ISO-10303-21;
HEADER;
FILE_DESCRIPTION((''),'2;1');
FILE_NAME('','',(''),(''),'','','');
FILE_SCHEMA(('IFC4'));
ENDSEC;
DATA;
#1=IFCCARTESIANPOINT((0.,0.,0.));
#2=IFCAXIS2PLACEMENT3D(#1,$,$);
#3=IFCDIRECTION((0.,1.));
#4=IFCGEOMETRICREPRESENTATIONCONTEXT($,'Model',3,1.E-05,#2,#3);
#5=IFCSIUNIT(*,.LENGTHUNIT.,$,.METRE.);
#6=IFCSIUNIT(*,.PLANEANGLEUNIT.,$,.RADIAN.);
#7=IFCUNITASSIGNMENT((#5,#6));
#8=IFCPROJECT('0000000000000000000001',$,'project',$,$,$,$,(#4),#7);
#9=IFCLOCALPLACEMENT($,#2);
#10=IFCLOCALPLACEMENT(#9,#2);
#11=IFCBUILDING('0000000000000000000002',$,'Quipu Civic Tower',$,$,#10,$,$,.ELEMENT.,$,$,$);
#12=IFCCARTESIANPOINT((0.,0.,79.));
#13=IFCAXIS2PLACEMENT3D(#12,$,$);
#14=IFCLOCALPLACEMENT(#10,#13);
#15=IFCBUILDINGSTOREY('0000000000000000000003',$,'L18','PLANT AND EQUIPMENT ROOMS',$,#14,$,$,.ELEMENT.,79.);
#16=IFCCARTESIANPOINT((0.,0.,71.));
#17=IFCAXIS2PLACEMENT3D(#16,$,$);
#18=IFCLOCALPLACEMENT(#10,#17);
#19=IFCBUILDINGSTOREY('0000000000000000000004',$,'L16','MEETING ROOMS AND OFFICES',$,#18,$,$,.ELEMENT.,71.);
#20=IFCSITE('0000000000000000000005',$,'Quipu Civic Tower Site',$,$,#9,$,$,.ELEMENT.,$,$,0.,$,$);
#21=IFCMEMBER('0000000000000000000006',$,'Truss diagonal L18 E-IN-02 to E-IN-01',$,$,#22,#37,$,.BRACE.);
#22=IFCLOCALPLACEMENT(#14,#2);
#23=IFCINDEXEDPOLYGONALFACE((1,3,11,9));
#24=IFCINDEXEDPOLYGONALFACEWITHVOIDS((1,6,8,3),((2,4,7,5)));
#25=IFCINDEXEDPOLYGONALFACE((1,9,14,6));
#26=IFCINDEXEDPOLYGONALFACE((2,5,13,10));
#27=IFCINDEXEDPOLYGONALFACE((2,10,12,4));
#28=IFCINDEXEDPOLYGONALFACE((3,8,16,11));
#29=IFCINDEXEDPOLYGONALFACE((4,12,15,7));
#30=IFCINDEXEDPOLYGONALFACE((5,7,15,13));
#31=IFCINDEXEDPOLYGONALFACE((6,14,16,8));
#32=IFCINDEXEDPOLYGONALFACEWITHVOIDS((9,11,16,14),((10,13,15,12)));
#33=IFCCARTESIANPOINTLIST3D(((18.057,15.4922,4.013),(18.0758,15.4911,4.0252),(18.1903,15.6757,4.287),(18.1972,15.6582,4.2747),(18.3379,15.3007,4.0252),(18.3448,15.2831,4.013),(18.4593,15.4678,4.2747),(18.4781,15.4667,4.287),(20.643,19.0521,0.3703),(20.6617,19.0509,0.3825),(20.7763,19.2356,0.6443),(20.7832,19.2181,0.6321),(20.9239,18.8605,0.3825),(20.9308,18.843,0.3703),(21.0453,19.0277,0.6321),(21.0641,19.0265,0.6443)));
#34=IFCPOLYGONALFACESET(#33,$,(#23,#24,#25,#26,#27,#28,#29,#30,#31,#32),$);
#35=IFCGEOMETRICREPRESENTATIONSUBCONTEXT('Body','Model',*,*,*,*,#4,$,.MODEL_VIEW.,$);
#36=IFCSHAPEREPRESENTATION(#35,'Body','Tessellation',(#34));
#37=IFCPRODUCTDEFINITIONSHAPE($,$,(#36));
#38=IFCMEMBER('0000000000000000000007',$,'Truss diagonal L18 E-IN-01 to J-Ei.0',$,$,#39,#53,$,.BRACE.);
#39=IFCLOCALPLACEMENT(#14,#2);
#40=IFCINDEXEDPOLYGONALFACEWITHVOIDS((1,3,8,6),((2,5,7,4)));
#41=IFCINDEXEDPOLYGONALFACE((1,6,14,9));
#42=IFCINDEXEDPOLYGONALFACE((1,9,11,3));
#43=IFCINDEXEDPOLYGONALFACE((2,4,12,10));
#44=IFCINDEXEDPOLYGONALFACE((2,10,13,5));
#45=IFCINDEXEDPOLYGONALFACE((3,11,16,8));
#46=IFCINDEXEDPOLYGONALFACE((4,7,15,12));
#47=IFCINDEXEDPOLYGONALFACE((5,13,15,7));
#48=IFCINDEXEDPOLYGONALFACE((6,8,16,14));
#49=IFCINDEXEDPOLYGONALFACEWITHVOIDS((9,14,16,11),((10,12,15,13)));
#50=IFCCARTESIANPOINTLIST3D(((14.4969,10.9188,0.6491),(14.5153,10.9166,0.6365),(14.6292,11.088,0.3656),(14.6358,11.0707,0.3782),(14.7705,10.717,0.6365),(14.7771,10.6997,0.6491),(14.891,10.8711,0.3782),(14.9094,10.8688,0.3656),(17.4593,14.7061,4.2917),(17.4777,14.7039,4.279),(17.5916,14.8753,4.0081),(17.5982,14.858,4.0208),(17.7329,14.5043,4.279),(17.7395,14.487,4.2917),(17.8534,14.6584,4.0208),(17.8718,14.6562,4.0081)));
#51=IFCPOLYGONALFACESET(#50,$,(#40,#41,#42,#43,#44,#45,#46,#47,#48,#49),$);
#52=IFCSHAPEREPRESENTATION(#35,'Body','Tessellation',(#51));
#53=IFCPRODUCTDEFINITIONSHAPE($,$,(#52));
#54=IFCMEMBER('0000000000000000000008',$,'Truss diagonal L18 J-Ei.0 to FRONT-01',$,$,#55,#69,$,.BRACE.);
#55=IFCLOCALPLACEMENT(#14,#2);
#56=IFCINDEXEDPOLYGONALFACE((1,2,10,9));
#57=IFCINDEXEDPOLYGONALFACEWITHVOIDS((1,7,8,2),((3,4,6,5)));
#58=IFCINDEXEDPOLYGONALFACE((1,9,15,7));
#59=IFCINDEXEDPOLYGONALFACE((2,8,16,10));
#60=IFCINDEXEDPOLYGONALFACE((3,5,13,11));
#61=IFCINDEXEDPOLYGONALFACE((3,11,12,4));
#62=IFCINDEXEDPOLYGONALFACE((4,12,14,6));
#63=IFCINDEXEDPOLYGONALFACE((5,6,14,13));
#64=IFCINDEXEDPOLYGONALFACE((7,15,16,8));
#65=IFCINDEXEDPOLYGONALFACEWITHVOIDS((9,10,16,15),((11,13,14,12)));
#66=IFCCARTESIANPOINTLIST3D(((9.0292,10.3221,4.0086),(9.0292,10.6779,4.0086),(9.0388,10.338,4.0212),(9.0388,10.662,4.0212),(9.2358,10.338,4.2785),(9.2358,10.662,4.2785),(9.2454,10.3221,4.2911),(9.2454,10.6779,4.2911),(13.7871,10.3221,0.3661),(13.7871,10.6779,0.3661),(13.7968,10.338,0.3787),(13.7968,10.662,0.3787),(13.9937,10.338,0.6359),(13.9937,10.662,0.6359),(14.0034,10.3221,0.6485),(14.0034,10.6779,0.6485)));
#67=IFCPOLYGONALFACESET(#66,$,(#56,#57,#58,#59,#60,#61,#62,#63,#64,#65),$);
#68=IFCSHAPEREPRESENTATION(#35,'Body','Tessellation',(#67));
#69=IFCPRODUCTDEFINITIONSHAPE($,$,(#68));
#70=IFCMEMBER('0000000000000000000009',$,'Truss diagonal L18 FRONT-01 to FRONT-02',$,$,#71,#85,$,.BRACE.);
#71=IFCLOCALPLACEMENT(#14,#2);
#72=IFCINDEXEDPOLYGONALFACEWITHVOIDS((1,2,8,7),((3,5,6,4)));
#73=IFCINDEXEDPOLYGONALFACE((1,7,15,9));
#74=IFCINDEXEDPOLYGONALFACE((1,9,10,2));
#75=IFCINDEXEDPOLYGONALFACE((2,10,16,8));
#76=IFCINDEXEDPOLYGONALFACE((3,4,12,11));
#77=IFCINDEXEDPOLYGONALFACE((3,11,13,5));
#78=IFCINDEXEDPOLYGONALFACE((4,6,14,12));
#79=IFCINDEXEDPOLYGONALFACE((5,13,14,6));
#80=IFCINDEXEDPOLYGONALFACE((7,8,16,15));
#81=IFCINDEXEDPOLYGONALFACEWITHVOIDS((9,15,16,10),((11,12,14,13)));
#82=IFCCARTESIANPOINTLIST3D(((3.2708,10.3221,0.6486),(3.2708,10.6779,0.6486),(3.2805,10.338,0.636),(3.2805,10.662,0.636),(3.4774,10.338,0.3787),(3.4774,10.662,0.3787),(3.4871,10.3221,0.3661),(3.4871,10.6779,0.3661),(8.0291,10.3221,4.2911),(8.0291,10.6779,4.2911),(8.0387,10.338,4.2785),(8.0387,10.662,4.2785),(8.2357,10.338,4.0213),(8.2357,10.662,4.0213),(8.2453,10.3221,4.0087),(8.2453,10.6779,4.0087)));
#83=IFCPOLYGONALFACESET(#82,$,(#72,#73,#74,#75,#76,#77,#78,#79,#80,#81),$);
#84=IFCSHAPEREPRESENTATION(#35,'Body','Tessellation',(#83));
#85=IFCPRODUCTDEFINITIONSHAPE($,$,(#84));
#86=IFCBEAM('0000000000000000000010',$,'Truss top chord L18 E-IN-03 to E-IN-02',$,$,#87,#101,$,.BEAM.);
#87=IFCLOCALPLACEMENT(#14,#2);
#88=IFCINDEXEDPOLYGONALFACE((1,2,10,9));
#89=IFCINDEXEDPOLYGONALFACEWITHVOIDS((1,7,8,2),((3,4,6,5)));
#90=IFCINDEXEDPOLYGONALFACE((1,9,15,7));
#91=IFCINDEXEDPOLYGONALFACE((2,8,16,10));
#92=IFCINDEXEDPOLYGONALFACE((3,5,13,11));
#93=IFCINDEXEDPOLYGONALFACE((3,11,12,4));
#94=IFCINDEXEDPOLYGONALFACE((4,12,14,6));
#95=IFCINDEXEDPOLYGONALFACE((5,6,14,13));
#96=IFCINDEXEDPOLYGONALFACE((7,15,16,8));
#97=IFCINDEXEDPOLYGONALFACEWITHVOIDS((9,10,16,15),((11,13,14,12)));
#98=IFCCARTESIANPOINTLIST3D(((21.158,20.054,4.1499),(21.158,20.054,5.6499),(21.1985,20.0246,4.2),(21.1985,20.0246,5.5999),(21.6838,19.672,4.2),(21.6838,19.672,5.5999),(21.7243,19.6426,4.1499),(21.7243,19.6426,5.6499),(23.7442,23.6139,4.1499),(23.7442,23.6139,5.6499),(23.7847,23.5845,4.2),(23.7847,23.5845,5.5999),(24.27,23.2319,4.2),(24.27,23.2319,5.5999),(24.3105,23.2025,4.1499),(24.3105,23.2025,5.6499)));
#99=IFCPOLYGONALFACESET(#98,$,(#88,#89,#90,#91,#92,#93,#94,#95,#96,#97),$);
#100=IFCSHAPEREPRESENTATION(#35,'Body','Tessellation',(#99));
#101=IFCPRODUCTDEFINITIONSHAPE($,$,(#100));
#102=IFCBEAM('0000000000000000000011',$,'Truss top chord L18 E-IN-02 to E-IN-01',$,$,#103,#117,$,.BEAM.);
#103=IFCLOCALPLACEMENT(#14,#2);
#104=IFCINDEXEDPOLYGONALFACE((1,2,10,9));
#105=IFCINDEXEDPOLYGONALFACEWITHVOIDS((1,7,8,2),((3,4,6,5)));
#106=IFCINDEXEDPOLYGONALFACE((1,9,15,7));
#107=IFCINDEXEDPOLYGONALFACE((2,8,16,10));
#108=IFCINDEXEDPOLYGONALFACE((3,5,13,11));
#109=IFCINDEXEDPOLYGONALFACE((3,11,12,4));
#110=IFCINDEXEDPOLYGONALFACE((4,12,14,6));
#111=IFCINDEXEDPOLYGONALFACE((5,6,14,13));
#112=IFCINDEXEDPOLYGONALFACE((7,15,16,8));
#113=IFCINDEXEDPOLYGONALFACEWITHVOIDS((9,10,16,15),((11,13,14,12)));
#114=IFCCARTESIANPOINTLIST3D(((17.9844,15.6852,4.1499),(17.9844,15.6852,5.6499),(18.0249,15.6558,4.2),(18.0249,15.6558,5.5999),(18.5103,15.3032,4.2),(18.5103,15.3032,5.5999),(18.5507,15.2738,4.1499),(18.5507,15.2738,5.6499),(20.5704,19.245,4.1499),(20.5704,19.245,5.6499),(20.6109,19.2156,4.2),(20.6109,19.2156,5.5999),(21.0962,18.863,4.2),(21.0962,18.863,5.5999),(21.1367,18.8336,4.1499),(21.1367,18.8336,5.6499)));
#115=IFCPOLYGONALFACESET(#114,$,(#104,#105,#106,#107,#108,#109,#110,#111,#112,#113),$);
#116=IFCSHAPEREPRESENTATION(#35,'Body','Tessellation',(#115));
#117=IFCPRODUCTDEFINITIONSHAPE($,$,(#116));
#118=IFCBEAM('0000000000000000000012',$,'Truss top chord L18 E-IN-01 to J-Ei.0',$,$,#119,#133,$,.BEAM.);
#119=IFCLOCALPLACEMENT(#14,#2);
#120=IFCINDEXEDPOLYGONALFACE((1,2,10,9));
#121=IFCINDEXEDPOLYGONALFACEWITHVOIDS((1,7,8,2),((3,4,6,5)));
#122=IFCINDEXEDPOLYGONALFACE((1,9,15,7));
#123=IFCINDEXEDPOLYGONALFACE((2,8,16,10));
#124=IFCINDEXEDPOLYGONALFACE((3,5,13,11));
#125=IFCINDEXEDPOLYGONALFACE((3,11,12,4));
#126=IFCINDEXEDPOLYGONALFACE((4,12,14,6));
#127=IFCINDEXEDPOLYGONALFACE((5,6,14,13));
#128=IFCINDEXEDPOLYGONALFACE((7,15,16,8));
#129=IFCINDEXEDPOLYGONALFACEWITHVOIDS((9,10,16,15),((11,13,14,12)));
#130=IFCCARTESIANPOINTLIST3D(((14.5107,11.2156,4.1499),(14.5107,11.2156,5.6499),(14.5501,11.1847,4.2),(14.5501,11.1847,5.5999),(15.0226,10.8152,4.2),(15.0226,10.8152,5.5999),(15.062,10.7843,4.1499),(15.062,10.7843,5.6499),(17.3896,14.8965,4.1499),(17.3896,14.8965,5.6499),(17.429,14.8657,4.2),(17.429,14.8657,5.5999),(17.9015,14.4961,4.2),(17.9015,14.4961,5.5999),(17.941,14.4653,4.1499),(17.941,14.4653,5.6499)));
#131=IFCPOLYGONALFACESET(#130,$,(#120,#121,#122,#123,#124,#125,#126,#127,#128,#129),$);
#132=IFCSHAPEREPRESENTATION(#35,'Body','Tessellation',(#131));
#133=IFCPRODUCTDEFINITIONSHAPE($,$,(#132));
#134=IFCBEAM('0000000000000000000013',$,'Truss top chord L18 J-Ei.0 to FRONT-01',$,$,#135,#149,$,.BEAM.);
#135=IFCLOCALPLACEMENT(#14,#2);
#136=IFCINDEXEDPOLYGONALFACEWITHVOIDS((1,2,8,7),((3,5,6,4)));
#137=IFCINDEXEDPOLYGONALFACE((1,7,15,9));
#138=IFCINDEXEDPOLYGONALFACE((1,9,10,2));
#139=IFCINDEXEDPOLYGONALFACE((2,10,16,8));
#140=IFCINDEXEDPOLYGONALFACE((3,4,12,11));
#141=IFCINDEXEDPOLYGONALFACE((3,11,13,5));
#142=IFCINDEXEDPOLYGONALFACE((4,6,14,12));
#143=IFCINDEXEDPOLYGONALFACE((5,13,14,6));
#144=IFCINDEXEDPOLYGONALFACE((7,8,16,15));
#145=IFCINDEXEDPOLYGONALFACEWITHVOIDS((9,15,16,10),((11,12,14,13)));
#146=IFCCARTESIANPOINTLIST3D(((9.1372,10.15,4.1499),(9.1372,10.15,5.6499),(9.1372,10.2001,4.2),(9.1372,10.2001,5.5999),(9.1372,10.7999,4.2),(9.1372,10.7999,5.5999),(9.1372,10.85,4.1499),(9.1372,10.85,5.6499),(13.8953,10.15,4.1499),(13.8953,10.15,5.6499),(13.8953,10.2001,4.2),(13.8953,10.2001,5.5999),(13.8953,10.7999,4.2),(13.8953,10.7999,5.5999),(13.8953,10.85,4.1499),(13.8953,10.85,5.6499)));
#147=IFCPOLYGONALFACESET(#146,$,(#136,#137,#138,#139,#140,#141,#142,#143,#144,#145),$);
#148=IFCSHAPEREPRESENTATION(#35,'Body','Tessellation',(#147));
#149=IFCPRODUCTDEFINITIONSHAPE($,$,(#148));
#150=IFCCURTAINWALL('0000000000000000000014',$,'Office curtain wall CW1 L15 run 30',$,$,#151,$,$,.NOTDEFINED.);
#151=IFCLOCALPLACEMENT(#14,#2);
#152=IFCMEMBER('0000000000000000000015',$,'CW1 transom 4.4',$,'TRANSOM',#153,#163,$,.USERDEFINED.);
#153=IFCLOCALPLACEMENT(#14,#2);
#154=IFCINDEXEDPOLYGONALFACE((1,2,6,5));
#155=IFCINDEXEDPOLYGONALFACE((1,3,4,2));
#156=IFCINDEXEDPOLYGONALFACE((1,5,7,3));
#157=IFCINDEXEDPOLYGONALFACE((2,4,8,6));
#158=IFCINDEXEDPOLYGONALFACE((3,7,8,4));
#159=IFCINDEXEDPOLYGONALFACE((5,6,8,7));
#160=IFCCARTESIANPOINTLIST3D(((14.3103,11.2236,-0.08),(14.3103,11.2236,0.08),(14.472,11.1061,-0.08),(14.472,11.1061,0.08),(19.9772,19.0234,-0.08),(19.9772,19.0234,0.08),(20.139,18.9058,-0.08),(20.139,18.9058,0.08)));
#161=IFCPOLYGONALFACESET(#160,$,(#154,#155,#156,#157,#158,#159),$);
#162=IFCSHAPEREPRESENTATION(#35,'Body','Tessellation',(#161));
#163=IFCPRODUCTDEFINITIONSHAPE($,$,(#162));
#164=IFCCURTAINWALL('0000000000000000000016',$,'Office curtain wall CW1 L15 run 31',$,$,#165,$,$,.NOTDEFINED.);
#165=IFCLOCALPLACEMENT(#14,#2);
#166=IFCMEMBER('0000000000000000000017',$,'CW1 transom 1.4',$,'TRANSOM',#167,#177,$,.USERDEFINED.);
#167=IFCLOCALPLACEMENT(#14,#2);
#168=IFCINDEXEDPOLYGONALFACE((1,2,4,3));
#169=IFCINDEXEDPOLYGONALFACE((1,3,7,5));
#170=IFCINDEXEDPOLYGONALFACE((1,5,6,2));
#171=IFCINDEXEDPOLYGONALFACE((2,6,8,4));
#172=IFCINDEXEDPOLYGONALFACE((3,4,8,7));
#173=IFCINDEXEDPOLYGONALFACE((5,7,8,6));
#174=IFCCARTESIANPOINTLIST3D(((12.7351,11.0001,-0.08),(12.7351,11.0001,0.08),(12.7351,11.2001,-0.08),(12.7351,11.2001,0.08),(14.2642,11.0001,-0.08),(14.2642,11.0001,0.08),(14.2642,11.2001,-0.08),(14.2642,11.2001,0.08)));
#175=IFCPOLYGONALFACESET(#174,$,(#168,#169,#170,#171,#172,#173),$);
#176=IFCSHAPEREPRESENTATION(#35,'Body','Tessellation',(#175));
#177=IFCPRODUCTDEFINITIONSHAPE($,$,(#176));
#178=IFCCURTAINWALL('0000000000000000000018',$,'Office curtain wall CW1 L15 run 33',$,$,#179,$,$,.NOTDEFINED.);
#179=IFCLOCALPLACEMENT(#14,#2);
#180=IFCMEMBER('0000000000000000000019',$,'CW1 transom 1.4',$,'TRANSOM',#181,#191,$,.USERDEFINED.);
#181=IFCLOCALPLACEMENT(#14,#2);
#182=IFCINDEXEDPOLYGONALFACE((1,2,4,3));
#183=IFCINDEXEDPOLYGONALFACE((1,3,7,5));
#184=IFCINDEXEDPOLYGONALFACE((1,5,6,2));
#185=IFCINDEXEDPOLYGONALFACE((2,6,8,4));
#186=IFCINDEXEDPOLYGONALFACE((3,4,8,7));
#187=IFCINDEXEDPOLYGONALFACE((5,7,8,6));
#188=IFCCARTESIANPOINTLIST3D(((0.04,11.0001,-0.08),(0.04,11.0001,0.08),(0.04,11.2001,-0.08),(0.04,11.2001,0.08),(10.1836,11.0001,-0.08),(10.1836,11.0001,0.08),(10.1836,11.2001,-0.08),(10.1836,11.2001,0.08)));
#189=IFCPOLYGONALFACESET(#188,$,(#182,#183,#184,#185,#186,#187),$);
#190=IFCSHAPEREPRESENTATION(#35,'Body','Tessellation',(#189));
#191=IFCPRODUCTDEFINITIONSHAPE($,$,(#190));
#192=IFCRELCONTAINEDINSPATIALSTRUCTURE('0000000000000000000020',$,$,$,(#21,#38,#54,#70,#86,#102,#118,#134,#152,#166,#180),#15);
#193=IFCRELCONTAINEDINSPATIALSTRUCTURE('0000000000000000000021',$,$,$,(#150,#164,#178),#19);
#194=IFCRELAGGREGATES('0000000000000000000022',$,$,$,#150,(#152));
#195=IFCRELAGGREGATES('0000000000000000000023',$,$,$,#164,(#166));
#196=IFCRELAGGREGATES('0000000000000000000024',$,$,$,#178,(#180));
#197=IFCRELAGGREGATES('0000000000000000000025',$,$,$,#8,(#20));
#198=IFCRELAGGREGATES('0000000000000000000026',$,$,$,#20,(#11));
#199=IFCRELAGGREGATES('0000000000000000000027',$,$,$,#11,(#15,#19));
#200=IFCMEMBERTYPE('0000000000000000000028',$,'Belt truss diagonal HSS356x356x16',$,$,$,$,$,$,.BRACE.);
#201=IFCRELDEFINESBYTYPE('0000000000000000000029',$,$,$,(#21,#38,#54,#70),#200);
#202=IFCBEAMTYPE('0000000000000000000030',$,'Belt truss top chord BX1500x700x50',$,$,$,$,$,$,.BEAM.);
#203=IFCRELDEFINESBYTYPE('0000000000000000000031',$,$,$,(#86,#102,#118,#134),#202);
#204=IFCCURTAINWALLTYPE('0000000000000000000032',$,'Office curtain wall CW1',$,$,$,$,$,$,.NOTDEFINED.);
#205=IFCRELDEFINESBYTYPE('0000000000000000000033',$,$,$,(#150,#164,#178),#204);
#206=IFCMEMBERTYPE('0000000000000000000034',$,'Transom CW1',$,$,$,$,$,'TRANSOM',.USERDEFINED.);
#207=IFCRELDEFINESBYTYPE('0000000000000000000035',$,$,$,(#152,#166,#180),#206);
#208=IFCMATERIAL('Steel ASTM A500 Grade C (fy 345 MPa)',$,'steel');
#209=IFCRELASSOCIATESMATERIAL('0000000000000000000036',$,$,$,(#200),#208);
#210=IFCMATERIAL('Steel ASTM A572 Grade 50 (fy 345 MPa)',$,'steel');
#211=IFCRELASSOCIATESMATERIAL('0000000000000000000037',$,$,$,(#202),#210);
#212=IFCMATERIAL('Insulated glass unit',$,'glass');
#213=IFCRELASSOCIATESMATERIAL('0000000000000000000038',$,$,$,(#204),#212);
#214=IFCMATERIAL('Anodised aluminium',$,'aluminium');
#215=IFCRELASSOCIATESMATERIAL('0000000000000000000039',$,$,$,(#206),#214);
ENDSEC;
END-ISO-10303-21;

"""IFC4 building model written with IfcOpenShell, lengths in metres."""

from ifc_helpers import new_model, si_unit, direction, frame, origin, origin_2d, place, context, subcontext, project, spatial, rectangle, hollow_rectangle, extrude, material, material_profile, profile_set, type_object, element, aggregate, save


model = new_model("IFC4")

# Units and contexts
model_context = context("Model", 3, precision=1e-05, world=origin(), true_north=direction((0.0, 1.0)))
body_context = subcontext(model_context, "Body", "Model", "MODEL_VIEW")
ifc_project = project(units=[si_unit("LENGTHUNIT", "METRE"), si_unit("PLANEANGLEUNIT", "RADIAN")], contexts=[model_context])

# Site, building, storey
site_placement = place(None, origin())
site = spatial("IfcSite", under=ifc_project, at=site_placement, Name="Quipu Civic Tower Site", CompositionType="ELEMENT", RefElevation=0.0)
building_placement = place(site_placement, origin())
building = spatial("IfcBuilding", under=site, at=building_placement, Name="Quipu Civic Tower", CompositionType="ELEMENT")
storey_1_placement = place(building_placement, frame((0.0, 0.0, 79.0)))
storey_1 = spatial("IfcBuildingStorey", under=building, at=storey_1_placement, Name="L18", Description="PLANT AND EQUIPMENT ROOMS", CompositionType="ELEMENT", Elevation=79.0)

# Members
ifc_material_1 = material(Name="Steel ASTM A500 Grade C (fy 345 MPa)", Category="steel")
ifc_material_profile_1 = material_profile(ifc_material_1, hollow_rectangle(XDim=0.3557, YDim=0.3557, WallThickness=0.0159, at=origin_2d()), Name="HSS356x356x16")
ifc_profile_set_1 = profile_set([ifc_material_profile_1], Name="Steel ASTM A500 Grade C (fy 345 MPa)")
member_type_1 = type_object("IfcMemberType", Name="Belt truss diagonal HSS356x356x16", PredefinedType="BRACE", material=ifc_profile_set_1)
for number, where, z_axis, x_axis, name in (
    (1, (20.8535, 19.0393, 0.5073), (-0.452715, -0.623209, 0.637699), (0.809062, -0.587723, 0.0), "Truss diagonal L18 E-IN-02 to E-IN-01"),
):
    element("IfcMember", number, at=place(storey_1_placement, frame(where, z_axis=z_axis, x_axis=x_axis)), inside=storey_1, type_object=member_type_1, Name=name, PredefinedType="BRACE", context=body_context, shape_type="SweptSolid", body=[
        extrude(hollow_rectangle(XDim=0.3557, YDim=0.3557, WallThickness=0.0159, at=origin_2d()), origin(), (0.0, 0.0, 1.0), 5.7122),
    ])
member_1_placement = place(storey_1_placement, frame((17.6655, 14.6812, 4.1499), z_axis=(-0.491093, -0.627849, -0.603849), x_axis=(0.787668, -0.6161, 0.0)))
element("IfcMember", 2, at=member_1_placement, inside=storey_1, type_object=member_type_1, Name="Truss diagonal L18 E-IN-01 to J-Ei.0", PredefinedType="BRACE", context=body_context, shape_type="SweptSolid", body=[
    extrude(hollow_rectangle(XDim=0.3557, YDim=0.3557, WallThickness=0.0159, at=origin_2d()), origin(), (0.0, 0.0, 1.0), 6.0322),
])
member_2_placement = place(storey_1_placement, frame((13.8953, 10.5, 0.5073), z_axis=(-0.79403, 0.0, 0.607878), x_axis=(0.0, -1.0, 0.0)))
element("IfcMember", 3, at=member_2_placement, inside=storey_1, type_object=member_type_1, Name="Truss diagonal L18 J-Ei.0 to FRONT-01", PredefinedType="BRACE", context=body_context, shape_type="SweptSolid", body=[
    extrude(hollow_rectangle(XDim=0.3557, YDim=0.3557, WallThickness=0.0159, at=origin_2d()), origin(), (0.0, 0.0, 1.0), 5.9922),
])
member_3_placement = place(storey_1_placement, frame((8.1372, 10.5, 4.1499), z_axis=(-0.794045, 0.0, -0.607858), x_axis=(0.0, -1.0, 0.0)))
element("IfcMember", 4, at=member_3_placement, inside=storey_1, type_object=member_type_1, Name="Truss diagonal L18 FRONT-01 to FRONT-02", PredefinedType="BRACE", context=body_context, shape_type="SweptSolid", body=[
    extrude(hollow_rectangle(XDim=0.3557, YDim=0.3557, WallThickness=0.0159, at=origin_2d()), origin(), (0.0, 0.0, 1.0), 5.9924),
])

# Beams
ifc_material_2 = material(Name="Steel ASTM A572 Grade 50 (fy 345 MPa)", Category="steel")
ifc_material_profile_2 = material_profile(ifc_material_2, hollow_rectangle(XDim=0.7, YDim=1.5, WallThickness=0.05, at=origin_2d()), Name="BX1500x700x50")
ifc_profile_set_2 = profile_set([ifc_material_profile_2], Name="Steel ASTM A572 Grade 50 (fy 345 MPa)")
beam_type_1 = type_object("IfcBeamType", Name="Belt truss top chord BX1500x700x50", PredefinedType="BEAM", material=ifc_profile_set_2)
beam_1_placement = place(storey_1_placement, frame((24.0273, 23.4082, 4.8999), z_axis=(-0.587759, -0.809036, 0.0), x_axis=(0.809036, -0.587759, 0.0)))
element("IfcBeam", 5, at=beam_1_placement, inside=storey_1, type_object=beam_type_1, Name="Truss top chord L18 E-IN-03 to E-IN-02", PredefinedType="BEAM", context=body_context, shape_type="SweptSolid", body=[
    extrude(hollow_rectangle(XDim=0.7, YDim=1.5, WallThickness=0.05, at=origin_2d()), origin(), (0.0, 0.0, 1.0), 4.4001),
])
beam_2_placement = place(storey_1_placement, frame((20.8535, 19.0393, 4.8999), z_axis=(-0.587723, -0.809062, 0.0), x_axis=(0.809062, -0.587723, 0.0)))
element("IfcBeam", 6, at=beam_2_placement, inside=storey_1, type_object=beam_type_1, Name="Truss top chord L18 E-IN-02 to E-IN-01", PredefinedType="BEAM", context=body_context, shape_type="SweptSolid", body=[
    extrude(hollow_rectangle(XDim=0.7, YDim=1.5, WallThickness=0.05, at=origin_2d()), origin(), (0.0, 0.0, 1.0), 4.3999),
])
beam_3_placement = place(storey_1_placement, frame((17.6653, 14.6809, 4.8999), z_axis=(-0.616069, -0.787692, 0.0), x_axis=(0.787692, -0.616069, 0.0)))
element("IfcBeam", 7, at=beam_3_placement, inside=storey_1, type_object=beam_type_1, Name="Truss top chord L18 E-IN-01 to J-Ei.0", PredefinedType="BEAM", context=body_context, shape_type="SweptSolid", body=[
    extrude(hollow_rectangle(XDim=0.7, YDim=1.5, WallThickness=0.05, at=origin_2d()), origin(), (0.0, 0.0, 1.0), 4.6731),
])
beam_4_placement = place(storey_1_placement, frame((13.8953, 10.5, 4.8999), z_axis=(-1.0, 0.0, 0.0), x_axis=(0.0, -1.0, 0.0)))
element("IfcBeam", 8, at=beam_4_placement, inside=storey_1, type_object=beam_type_1, Name="Truss top chord L18 J-Ei.0 to FRONT-01", PredefinedType="BEAM", context=body_context, shape_type="SweptSolid", body=[
    extrude(hollow_rectangle(XDim=0.7, YDim=1.5, WallThickness=0.05, at=origin_2d()), origin(), (0.0, 0.0, 1.0), 4.7581),
])

# Shared definitions
storey_2_placement = place(building_placement, frame((0.0, 0.0, 71.0)))
storey_2 = spatial("IfcBuildingStorey", under=building, at=storey_2_placement, Name="L16", Description="MEETING ROOMS AND OFFICES", CompositionType="ELEMENT", Elevation=71.0)

# Curtain walls, members
ifc_material_3 = material(Name="Insulated glass unit", Category="glass")
curtain_wall_type = type_object("IfcCurtainWallType", Name="Office curtain wall CW1", PredefinedType="NOTDEFINED", material=ifc_material_3)
curtain_wall_1_placement = place(storey_2_placement, origin())
curtain_wall_1 = element("IfcCurtainWall", 9, at=curtain_wall_1_placement, inside=storey_2, type_object=curtain_wall_type, Name="Office curtain wall CW1 L15 run 30", PredefinedType="NOTDEFINED")
ifc_material_4 = material(Name="Anodised aluminium", Category="aluminium")
ifc_material_profile_3 = material_profile(ifc_material_4, rectangle(XDim=0.2, YDim=0.1599, at=origin_2d()), Name="RECT 200x160")
ifc_profile_set_3 = profile_set([ifc_material_profile_3], Name="Anodised aluminium")
member_type_2 = type_object("IfcMemberType", Name="Transom CW1", ElementType="TRANSOM", PredefinedType="USERDEFINED", material=ifc_profile_set_3)
member_4_placement = place(storey_1_placement, frame((20.0581, 18.9646, 0.0), z_axis=(-0.587792, -0.809012, 0.0), x_axis=(0.809012, -0.587792, 0.0)))
member_4 = element("IfcMember", 10, at=member_4_placement, inside=storey_1, type_object=member_type_2, Name="CW1 transom 4.4", ObjectType="TRANSOM", PredefinedType="USERDEFINED", context=body_context, shape_type="SweptSolid", body=[
    extrude(rectangle(XDim=0.2, YDim=0.1599, at=origin_2d()), origin(), (0.0, 0.0, 1.0), 9.6411),
])
aggregate(curtain_wall_1, [member_4])
curtain_wall_2_placement = place(storey_2_placement, origin())
curtain_wall_2 = element("IfcCurtainWall", 11, at=curtain_wall_2_placement, inside=storey_2, type_object=curtain_wall_type, Name="Office curtain wall CW1 L15 run 31", PredefinedType="NOTDEFINED")
member_5_placement = place(storey_1_placement, frame((14.2642, 11.1001, 0.0), z_axis=(-1.0, 0.0, 0.0), x_axis=(0.0, -1.0, 0.0)))
member_5 = element("IfcMember", 12, at=member_5_placement, inside=storey_1, type_object=member_type_2, Name="CW1 transom 1.4", ObjectType="TRANSOM", PredefinedType="USERDEFINED", context=body_context, shape_type="SweptSolid", body=[
    extrude(rectangle(XDim=0.2, YDim=0.1599, at=origin_2d()), origin(), (0.0, 0.0, 1.0), 1.5291),
])
aggregate(curtain_wall_2, [member_5])

# Curtain wall, member
curtain_wall_3_placement = place(storey_2_placement, origin())
curtain_wall_3 = element("IfcCurtainWall", 13, at=curtain_wall_3_placement, inside=storey_2, type_object=curtain_wall_type, Name="Office curtain wall CW1 L15 run 33", PredefinedType="NOTDEFINED")
member_6_placement = place(storey_1_placement, frame((10.1836, 11.1001, 0.0), z_axis=(-1.0, 0.0, 0.0), x_axis=(0.0, -1.0, 0.0)))
member_6 = element("IfcMember", 14, at=member_6_placement, inside=storey_1, type_object=member_type_2, Name="CW1 transom 1.4", ObjectType="TRANSOM", PredefinedType="USERDEFINED", context=body_context, shape_type="SweptSolid", body=[
    extrude(rectangle(XDim=0.2, YDim=0.1599, at=origin_2d()), origin(), (0.0, 0.0, 1.0), 10.1436),
])
aggregate(curtain_wall_3, [member_6])

save(model, "model.ifc")
